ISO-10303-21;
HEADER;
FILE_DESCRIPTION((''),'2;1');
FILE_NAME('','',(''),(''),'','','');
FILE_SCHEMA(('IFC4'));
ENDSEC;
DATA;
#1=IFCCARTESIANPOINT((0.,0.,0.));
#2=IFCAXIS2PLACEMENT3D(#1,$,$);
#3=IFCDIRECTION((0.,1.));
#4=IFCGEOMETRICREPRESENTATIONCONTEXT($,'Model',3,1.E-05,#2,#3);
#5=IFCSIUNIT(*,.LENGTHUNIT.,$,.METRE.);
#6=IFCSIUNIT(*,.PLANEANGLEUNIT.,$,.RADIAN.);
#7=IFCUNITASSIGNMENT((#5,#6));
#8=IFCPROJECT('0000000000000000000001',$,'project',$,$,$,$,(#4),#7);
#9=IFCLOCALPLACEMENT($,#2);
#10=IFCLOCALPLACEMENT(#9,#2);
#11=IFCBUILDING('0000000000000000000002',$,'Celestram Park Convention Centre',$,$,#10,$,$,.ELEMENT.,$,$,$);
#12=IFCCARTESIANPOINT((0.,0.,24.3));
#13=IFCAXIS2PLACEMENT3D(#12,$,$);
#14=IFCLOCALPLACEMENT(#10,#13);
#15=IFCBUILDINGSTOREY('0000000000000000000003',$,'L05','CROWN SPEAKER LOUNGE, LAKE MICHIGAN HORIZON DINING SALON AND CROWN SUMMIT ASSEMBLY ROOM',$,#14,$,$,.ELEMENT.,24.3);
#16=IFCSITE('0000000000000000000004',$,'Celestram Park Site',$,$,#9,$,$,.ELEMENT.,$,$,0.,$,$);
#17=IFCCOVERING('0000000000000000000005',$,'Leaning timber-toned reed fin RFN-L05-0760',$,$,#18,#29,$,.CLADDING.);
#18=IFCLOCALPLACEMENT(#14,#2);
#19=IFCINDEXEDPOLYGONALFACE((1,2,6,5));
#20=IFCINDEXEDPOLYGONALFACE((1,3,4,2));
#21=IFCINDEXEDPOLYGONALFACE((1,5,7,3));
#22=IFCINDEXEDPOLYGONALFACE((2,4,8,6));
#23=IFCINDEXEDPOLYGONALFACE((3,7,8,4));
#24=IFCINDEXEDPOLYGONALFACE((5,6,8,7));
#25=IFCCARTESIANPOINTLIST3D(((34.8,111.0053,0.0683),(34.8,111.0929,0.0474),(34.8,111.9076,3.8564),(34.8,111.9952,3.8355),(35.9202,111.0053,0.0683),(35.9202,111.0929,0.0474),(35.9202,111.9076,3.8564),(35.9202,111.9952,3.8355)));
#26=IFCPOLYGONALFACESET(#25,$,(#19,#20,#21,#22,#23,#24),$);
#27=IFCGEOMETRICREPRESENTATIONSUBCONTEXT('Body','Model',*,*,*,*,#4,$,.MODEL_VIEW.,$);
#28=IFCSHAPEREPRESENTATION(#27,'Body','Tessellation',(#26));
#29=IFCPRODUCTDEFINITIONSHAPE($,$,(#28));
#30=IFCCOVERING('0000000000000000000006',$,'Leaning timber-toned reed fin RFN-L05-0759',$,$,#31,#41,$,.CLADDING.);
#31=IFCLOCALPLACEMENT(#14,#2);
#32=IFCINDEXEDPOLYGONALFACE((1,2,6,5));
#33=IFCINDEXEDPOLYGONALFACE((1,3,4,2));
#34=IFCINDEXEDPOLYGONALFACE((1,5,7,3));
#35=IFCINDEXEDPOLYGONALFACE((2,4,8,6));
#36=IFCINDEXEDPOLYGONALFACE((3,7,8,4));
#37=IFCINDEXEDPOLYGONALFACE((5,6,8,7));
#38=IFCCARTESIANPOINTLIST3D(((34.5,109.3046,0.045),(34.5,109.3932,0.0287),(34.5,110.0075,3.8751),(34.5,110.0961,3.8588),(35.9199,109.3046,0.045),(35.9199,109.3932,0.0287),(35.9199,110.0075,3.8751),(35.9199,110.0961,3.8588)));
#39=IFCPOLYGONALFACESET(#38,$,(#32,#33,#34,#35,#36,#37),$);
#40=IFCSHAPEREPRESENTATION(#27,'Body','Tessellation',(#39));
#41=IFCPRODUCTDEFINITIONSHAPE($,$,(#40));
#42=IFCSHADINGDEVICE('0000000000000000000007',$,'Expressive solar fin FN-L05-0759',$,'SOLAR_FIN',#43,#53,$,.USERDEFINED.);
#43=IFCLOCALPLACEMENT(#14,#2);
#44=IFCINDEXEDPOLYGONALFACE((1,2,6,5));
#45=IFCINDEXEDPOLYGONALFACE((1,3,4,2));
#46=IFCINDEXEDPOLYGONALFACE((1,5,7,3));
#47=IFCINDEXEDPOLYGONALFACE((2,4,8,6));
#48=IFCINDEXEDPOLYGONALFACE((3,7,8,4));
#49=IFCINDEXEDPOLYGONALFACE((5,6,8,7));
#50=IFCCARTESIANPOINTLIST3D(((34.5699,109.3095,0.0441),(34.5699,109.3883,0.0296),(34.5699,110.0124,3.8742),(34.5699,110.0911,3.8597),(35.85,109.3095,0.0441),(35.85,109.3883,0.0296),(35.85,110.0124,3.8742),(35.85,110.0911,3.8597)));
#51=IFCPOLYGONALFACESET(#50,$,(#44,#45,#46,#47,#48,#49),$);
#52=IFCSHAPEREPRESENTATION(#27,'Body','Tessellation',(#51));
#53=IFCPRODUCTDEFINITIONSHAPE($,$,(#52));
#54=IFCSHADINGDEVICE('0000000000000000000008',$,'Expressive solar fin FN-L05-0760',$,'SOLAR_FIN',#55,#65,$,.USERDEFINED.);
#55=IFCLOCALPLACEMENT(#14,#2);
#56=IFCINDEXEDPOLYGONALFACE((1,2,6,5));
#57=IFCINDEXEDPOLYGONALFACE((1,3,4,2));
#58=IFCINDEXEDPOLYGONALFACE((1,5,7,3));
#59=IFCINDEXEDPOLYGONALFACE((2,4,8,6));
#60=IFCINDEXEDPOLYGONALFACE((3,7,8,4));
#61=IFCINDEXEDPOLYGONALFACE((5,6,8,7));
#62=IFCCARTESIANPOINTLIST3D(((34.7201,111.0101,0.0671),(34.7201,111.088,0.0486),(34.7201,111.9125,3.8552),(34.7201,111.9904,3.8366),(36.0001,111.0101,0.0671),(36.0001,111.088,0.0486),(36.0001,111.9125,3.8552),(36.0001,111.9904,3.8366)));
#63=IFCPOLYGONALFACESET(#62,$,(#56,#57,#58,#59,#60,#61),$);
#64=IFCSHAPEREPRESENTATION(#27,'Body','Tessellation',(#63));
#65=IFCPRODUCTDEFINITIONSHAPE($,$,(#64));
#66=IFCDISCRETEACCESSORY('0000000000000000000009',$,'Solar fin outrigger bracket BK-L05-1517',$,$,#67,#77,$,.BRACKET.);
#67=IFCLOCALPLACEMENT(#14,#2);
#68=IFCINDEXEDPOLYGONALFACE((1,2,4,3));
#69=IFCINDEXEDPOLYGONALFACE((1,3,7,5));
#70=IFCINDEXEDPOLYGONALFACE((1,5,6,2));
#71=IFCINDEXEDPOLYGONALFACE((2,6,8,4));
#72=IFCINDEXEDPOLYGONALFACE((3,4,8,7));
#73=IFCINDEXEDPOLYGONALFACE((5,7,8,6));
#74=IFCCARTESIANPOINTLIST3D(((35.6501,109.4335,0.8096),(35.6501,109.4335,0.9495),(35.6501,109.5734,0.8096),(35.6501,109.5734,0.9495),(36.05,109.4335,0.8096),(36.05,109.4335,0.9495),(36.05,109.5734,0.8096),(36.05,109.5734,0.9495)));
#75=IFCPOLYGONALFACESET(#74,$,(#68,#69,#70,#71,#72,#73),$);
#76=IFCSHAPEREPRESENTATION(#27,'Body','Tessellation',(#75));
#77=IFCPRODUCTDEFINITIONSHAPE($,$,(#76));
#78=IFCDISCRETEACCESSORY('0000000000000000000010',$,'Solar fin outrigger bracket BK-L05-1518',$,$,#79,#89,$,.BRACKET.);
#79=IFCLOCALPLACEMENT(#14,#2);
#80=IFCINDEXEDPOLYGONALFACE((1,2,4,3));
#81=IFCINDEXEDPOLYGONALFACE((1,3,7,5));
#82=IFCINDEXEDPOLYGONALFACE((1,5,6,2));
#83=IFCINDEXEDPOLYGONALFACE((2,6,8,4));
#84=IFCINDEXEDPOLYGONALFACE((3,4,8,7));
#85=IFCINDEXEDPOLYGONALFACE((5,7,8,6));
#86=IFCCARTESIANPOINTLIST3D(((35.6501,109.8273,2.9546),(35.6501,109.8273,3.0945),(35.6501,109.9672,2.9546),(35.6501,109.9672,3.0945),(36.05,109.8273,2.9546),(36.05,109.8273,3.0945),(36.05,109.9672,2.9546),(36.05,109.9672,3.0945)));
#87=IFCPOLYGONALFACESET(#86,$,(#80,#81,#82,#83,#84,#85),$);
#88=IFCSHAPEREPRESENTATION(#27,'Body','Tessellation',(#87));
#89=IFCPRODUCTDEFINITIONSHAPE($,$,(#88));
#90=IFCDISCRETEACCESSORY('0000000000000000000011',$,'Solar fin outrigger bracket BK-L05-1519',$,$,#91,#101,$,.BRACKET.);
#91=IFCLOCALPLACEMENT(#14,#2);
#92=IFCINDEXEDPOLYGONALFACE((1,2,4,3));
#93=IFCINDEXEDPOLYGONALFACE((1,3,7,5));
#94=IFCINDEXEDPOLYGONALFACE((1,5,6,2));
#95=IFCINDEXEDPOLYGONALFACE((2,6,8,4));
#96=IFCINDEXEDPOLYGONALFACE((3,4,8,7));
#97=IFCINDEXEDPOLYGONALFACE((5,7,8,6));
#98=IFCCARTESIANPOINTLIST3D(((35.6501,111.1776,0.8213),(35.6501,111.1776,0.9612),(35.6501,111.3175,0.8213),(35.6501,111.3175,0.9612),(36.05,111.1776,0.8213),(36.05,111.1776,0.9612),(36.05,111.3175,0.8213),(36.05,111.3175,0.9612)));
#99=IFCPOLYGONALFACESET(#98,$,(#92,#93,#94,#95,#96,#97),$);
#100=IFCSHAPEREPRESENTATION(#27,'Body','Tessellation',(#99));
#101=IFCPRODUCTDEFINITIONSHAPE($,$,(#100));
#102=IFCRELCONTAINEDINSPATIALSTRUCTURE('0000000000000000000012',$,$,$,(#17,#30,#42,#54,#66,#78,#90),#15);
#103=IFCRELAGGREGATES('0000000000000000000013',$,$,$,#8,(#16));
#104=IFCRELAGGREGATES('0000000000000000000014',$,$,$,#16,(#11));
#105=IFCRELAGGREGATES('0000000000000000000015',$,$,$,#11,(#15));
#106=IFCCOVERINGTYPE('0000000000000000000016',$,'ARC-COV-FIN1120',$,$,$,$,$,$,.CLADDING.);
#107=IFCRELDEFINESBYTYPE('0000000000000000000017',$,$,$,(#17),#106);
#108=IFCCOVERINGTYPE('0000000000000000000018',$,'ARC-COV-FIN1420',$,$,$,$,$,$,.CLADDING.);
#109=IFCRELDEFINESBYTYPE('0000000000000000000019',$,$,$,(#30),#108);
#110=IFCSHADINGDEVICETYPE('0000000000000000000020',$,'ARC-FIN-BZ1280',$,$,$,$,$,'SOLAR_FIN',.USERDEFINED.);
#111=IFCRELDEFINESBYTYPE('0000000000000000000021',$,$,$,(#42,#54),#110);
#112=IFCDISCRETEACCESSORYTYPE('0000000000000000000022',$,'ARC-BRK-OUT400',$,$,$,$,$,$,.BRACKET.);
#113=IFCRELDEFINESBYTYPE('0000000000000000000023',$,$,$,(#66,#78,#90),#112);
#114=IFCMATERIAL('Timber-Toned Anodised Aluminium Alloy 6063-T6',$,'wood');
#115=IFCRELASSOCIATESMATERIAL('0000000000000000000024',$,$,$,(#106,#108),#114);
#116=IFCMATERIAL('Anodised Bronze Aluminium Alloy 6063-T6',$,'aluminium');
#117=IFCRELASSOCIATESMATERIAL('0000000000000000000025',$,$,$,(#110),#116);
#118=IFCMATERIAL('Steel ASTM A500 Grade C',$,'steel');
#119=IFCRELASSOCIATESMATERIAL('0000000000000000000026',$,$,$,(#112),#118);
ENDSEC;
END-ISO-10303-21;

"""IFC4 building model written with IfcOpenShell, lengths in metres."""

from ifc_helpers import new_model, si_unit, direction, frame, origin, origin_2d, place, context, subcontext, project, spatial, rectangle, extrude, material, material_profile, profile_set, type_object, element, save


model = new_model("IFC4")

# Units and contexts
model_context = context("Model", 3, precision=1e-05, world=origin(), true_north=direction((0.0, 1.0)))
body_context = subcontext(model_context, "Body", "Model", "MODEL_VIEW")
ifc_project = project(units=[si_unit("LENGTHUNIT", "METRE"), si_unit("PLANEANGLEUNIT", "RADIAN")], contexts=[model_context])

# Site, building, storey
site_placement = place(None, origin())
site = spatial("IfcSite", under=ifc_project, at=site_placement, Name="Celestram Park Site", CompositionType="ELEMENT", RefElevation=0.0)
building_placement = place(site_placement, origin())
building = spatial("IfcBuilding", under=site, at=building_placement, Name="Celestram Park Convention Centre", CompositionType="ELEMENT")
storey_placement = place(building_placement, frame((0.0, 0.0, 24.3)))
storey = spatial("IfcBuildingStorey", under=building, at=storey_placement, Name="L05", Description="CROWN SPEAKER LOUNGE, LAKE MICHIGAN HORIZON DINING SALON AND CROWN SUMMIT ASSEMBLY ROOM", CompositionType="ELEMENT", Elevation=24.3)

# Shared definitions
ifc_material_1 = material(Name="Steel ASTM A500 Grade C", Category="steel")

# Coverings
ifc_material_2 = material(Name="Timber-Toned Anodised Aluminium Alloy 6063-T6", Category="wood")
ifc_material_profile_1 = material_profile(ifc_material_2, rectangle(XDim=1.1201, YDim=0.0901, at=origin_2d()), Name="REED1120X90")
ifc_profile_set_1 = profile_set([ifc_material_profile_1], Name="Timber-Toned Anodised Aluminium Alloy 6063-T6")
covering_type_1 = type_object("IfcCoveringType", Name="ARC-COV-FIN1120", PredefinedType="CLADDING", material=ifc_profile_set_1)
covering_1_placement = place(storey_placement, frame((35.3601, 111.0491, 0.0579), z_axis=(0.0, 0.231722, 0.972782), x_axis=(-1.0, 0.0, 0.0)))
element("IfcCovering", 1, at=covering_1_placement, inside=storey, type_object=covering_type_1, Name="Leaning timber-toned reed fin RFN-L05-0760", PredefinedType="CLADDING", context=body_context, shape_type="SweptSolid", body=[
    extrude(rectangle(XDim=1.1201, YDim=0.0901, at=origin_2d()), origin(), (0.0, 0.0, 1.0), 3.894),
])
ifc_material_profile_2 = material_profile(ifc_material_2, rectangle(XDim=1.4199, YDim=0.0901, at=origin_2d()), Name="REED1420X90")
ifc_profile_set_2 = profile_set([ifc_material_profile_2], Name="Timber-Toned Anodised Aluminium Alloy 6063-T6")
covering_type_2 = type_object("IfcCoveringType", Name="ARC-COV-FIN1420", PredefinedType="CLADDING", material=ifc_profile_set_2)
covering_2_placement = place(storey_placement, frame((35.21, 109.3489, 0.0369), z_axis=(0.0, 0.180502, 0.983575), x_axis=(-1.0, 0.0, 0.0)))
element("IfcCovering", 2, at=covering_2_placement, inside=storey, type_object=covering_type_2, Name="Leaning timber-toned reed fin RFN-L05-0759", PredefinedType="CLADDING", context=body_context, shape_type="SweptSolid", body=[
    extrude(rectangle(XDim=1.4199, YDim=0.0901, at=origin_2d()), origin(), (0.0, 0.0, 1.0), 3.894),
])

# Shading devices
ifc_material_3 = material(Name="Anodised Bronze Aluminium Alloy 6063-T6", Category="aluminium")
ifc_material_profile_3 = material_profile(ifc_material_3, rectangle(XDim=1.28, YDim=0.0801, at=origin_2d()), Name="FIN1280X80")
ifc_profile_set_3 = profile_set([ifc_material_profile_3], Name="Anodised Bronze Aluminium Alloy 6063-T6")
shading_device_type = type_object("IfcShadingDeviceType", Name="ARC-FIN-BZ1280", ElementType="SOLAR_FIN", PredefinedType="USERDEFINED", material=ifc_profile_set_3)
for number, where, z_axis, x_axis, name in (
    (3, (35.21, 109.3489, 0.0369), (0.0, 0.180502, 0.983575), (-1.0, 0.0, 0.0), "Expressive solar fin FN-L05-0759"),
    (4, (35.3601, 111.0491, 0.0579), (0.0, 0.231722, 0.972782), (-1.0, 0.0, 0.0), "Expressive solar fin FN-L05-0760"),
):
    element("IfcShadingDevice", number, at=place(storey_placement, frame(where, z_axis=z_axis, x_axis=x_axis)), inside=storey, type_object=shading_device_type, Name=name, ObjectType="SOLAR_FIN", PredefinedType="USERDEFINED", context=body_context, shape_type="SweptSolid", body=[
        extrude(rectangle(XDim=1.28, YDim=0.0801, at=origin_2d()), origin(), (0.0, 0.0, 1.0), 3.894),
    ])

# Discrete accessories
discrete_accessory_type = type_object("IfcDiscreteAccessoryType", Name="ARC-BRK-OUT400", PredefinedType="BRACKET", material=ifc_material_1)
for number, where, z_axis, x_axis, name in (
    (5, (35.8501, 109.5034, 0.8096), (0.0, 0.0, 1.0), (-1.0, 0.0, 0.0), "Solar fin outrigger bracket BK-L05-1517"),
    (6, (35.8501, 109.8972, 2.9546), (0.0, 0.0, 1.0), (-1.0, 0.0, 0.0), "Solar fin outrigger bracket BK-L05-1518"),
    (7, (35.8501, 111.2476, 0.8213), (0.0, 0.0, 1.0), (-1.0, 0.0, 0.0), "Solar fin outrigger bracket BK-L05-1519"),
):
    element("IfcDiscreteAccessory", number, at=place(storey_placement, frame(where, z_axis=z_axis, x_axis=x_axis)), inside=storey, type_object=discrete_accessory_type, Name=name, PredefinedType="BRACKET", context=body_context, shape_type="SweptSolid", body=[
        extrude(rectangle(XDim=0.3999, YDim=0.1399, at=origin_2d()), origin(), (0.0, 0.0, 1.0), 0.1399),
    ])

save(model, "model.ifc")
